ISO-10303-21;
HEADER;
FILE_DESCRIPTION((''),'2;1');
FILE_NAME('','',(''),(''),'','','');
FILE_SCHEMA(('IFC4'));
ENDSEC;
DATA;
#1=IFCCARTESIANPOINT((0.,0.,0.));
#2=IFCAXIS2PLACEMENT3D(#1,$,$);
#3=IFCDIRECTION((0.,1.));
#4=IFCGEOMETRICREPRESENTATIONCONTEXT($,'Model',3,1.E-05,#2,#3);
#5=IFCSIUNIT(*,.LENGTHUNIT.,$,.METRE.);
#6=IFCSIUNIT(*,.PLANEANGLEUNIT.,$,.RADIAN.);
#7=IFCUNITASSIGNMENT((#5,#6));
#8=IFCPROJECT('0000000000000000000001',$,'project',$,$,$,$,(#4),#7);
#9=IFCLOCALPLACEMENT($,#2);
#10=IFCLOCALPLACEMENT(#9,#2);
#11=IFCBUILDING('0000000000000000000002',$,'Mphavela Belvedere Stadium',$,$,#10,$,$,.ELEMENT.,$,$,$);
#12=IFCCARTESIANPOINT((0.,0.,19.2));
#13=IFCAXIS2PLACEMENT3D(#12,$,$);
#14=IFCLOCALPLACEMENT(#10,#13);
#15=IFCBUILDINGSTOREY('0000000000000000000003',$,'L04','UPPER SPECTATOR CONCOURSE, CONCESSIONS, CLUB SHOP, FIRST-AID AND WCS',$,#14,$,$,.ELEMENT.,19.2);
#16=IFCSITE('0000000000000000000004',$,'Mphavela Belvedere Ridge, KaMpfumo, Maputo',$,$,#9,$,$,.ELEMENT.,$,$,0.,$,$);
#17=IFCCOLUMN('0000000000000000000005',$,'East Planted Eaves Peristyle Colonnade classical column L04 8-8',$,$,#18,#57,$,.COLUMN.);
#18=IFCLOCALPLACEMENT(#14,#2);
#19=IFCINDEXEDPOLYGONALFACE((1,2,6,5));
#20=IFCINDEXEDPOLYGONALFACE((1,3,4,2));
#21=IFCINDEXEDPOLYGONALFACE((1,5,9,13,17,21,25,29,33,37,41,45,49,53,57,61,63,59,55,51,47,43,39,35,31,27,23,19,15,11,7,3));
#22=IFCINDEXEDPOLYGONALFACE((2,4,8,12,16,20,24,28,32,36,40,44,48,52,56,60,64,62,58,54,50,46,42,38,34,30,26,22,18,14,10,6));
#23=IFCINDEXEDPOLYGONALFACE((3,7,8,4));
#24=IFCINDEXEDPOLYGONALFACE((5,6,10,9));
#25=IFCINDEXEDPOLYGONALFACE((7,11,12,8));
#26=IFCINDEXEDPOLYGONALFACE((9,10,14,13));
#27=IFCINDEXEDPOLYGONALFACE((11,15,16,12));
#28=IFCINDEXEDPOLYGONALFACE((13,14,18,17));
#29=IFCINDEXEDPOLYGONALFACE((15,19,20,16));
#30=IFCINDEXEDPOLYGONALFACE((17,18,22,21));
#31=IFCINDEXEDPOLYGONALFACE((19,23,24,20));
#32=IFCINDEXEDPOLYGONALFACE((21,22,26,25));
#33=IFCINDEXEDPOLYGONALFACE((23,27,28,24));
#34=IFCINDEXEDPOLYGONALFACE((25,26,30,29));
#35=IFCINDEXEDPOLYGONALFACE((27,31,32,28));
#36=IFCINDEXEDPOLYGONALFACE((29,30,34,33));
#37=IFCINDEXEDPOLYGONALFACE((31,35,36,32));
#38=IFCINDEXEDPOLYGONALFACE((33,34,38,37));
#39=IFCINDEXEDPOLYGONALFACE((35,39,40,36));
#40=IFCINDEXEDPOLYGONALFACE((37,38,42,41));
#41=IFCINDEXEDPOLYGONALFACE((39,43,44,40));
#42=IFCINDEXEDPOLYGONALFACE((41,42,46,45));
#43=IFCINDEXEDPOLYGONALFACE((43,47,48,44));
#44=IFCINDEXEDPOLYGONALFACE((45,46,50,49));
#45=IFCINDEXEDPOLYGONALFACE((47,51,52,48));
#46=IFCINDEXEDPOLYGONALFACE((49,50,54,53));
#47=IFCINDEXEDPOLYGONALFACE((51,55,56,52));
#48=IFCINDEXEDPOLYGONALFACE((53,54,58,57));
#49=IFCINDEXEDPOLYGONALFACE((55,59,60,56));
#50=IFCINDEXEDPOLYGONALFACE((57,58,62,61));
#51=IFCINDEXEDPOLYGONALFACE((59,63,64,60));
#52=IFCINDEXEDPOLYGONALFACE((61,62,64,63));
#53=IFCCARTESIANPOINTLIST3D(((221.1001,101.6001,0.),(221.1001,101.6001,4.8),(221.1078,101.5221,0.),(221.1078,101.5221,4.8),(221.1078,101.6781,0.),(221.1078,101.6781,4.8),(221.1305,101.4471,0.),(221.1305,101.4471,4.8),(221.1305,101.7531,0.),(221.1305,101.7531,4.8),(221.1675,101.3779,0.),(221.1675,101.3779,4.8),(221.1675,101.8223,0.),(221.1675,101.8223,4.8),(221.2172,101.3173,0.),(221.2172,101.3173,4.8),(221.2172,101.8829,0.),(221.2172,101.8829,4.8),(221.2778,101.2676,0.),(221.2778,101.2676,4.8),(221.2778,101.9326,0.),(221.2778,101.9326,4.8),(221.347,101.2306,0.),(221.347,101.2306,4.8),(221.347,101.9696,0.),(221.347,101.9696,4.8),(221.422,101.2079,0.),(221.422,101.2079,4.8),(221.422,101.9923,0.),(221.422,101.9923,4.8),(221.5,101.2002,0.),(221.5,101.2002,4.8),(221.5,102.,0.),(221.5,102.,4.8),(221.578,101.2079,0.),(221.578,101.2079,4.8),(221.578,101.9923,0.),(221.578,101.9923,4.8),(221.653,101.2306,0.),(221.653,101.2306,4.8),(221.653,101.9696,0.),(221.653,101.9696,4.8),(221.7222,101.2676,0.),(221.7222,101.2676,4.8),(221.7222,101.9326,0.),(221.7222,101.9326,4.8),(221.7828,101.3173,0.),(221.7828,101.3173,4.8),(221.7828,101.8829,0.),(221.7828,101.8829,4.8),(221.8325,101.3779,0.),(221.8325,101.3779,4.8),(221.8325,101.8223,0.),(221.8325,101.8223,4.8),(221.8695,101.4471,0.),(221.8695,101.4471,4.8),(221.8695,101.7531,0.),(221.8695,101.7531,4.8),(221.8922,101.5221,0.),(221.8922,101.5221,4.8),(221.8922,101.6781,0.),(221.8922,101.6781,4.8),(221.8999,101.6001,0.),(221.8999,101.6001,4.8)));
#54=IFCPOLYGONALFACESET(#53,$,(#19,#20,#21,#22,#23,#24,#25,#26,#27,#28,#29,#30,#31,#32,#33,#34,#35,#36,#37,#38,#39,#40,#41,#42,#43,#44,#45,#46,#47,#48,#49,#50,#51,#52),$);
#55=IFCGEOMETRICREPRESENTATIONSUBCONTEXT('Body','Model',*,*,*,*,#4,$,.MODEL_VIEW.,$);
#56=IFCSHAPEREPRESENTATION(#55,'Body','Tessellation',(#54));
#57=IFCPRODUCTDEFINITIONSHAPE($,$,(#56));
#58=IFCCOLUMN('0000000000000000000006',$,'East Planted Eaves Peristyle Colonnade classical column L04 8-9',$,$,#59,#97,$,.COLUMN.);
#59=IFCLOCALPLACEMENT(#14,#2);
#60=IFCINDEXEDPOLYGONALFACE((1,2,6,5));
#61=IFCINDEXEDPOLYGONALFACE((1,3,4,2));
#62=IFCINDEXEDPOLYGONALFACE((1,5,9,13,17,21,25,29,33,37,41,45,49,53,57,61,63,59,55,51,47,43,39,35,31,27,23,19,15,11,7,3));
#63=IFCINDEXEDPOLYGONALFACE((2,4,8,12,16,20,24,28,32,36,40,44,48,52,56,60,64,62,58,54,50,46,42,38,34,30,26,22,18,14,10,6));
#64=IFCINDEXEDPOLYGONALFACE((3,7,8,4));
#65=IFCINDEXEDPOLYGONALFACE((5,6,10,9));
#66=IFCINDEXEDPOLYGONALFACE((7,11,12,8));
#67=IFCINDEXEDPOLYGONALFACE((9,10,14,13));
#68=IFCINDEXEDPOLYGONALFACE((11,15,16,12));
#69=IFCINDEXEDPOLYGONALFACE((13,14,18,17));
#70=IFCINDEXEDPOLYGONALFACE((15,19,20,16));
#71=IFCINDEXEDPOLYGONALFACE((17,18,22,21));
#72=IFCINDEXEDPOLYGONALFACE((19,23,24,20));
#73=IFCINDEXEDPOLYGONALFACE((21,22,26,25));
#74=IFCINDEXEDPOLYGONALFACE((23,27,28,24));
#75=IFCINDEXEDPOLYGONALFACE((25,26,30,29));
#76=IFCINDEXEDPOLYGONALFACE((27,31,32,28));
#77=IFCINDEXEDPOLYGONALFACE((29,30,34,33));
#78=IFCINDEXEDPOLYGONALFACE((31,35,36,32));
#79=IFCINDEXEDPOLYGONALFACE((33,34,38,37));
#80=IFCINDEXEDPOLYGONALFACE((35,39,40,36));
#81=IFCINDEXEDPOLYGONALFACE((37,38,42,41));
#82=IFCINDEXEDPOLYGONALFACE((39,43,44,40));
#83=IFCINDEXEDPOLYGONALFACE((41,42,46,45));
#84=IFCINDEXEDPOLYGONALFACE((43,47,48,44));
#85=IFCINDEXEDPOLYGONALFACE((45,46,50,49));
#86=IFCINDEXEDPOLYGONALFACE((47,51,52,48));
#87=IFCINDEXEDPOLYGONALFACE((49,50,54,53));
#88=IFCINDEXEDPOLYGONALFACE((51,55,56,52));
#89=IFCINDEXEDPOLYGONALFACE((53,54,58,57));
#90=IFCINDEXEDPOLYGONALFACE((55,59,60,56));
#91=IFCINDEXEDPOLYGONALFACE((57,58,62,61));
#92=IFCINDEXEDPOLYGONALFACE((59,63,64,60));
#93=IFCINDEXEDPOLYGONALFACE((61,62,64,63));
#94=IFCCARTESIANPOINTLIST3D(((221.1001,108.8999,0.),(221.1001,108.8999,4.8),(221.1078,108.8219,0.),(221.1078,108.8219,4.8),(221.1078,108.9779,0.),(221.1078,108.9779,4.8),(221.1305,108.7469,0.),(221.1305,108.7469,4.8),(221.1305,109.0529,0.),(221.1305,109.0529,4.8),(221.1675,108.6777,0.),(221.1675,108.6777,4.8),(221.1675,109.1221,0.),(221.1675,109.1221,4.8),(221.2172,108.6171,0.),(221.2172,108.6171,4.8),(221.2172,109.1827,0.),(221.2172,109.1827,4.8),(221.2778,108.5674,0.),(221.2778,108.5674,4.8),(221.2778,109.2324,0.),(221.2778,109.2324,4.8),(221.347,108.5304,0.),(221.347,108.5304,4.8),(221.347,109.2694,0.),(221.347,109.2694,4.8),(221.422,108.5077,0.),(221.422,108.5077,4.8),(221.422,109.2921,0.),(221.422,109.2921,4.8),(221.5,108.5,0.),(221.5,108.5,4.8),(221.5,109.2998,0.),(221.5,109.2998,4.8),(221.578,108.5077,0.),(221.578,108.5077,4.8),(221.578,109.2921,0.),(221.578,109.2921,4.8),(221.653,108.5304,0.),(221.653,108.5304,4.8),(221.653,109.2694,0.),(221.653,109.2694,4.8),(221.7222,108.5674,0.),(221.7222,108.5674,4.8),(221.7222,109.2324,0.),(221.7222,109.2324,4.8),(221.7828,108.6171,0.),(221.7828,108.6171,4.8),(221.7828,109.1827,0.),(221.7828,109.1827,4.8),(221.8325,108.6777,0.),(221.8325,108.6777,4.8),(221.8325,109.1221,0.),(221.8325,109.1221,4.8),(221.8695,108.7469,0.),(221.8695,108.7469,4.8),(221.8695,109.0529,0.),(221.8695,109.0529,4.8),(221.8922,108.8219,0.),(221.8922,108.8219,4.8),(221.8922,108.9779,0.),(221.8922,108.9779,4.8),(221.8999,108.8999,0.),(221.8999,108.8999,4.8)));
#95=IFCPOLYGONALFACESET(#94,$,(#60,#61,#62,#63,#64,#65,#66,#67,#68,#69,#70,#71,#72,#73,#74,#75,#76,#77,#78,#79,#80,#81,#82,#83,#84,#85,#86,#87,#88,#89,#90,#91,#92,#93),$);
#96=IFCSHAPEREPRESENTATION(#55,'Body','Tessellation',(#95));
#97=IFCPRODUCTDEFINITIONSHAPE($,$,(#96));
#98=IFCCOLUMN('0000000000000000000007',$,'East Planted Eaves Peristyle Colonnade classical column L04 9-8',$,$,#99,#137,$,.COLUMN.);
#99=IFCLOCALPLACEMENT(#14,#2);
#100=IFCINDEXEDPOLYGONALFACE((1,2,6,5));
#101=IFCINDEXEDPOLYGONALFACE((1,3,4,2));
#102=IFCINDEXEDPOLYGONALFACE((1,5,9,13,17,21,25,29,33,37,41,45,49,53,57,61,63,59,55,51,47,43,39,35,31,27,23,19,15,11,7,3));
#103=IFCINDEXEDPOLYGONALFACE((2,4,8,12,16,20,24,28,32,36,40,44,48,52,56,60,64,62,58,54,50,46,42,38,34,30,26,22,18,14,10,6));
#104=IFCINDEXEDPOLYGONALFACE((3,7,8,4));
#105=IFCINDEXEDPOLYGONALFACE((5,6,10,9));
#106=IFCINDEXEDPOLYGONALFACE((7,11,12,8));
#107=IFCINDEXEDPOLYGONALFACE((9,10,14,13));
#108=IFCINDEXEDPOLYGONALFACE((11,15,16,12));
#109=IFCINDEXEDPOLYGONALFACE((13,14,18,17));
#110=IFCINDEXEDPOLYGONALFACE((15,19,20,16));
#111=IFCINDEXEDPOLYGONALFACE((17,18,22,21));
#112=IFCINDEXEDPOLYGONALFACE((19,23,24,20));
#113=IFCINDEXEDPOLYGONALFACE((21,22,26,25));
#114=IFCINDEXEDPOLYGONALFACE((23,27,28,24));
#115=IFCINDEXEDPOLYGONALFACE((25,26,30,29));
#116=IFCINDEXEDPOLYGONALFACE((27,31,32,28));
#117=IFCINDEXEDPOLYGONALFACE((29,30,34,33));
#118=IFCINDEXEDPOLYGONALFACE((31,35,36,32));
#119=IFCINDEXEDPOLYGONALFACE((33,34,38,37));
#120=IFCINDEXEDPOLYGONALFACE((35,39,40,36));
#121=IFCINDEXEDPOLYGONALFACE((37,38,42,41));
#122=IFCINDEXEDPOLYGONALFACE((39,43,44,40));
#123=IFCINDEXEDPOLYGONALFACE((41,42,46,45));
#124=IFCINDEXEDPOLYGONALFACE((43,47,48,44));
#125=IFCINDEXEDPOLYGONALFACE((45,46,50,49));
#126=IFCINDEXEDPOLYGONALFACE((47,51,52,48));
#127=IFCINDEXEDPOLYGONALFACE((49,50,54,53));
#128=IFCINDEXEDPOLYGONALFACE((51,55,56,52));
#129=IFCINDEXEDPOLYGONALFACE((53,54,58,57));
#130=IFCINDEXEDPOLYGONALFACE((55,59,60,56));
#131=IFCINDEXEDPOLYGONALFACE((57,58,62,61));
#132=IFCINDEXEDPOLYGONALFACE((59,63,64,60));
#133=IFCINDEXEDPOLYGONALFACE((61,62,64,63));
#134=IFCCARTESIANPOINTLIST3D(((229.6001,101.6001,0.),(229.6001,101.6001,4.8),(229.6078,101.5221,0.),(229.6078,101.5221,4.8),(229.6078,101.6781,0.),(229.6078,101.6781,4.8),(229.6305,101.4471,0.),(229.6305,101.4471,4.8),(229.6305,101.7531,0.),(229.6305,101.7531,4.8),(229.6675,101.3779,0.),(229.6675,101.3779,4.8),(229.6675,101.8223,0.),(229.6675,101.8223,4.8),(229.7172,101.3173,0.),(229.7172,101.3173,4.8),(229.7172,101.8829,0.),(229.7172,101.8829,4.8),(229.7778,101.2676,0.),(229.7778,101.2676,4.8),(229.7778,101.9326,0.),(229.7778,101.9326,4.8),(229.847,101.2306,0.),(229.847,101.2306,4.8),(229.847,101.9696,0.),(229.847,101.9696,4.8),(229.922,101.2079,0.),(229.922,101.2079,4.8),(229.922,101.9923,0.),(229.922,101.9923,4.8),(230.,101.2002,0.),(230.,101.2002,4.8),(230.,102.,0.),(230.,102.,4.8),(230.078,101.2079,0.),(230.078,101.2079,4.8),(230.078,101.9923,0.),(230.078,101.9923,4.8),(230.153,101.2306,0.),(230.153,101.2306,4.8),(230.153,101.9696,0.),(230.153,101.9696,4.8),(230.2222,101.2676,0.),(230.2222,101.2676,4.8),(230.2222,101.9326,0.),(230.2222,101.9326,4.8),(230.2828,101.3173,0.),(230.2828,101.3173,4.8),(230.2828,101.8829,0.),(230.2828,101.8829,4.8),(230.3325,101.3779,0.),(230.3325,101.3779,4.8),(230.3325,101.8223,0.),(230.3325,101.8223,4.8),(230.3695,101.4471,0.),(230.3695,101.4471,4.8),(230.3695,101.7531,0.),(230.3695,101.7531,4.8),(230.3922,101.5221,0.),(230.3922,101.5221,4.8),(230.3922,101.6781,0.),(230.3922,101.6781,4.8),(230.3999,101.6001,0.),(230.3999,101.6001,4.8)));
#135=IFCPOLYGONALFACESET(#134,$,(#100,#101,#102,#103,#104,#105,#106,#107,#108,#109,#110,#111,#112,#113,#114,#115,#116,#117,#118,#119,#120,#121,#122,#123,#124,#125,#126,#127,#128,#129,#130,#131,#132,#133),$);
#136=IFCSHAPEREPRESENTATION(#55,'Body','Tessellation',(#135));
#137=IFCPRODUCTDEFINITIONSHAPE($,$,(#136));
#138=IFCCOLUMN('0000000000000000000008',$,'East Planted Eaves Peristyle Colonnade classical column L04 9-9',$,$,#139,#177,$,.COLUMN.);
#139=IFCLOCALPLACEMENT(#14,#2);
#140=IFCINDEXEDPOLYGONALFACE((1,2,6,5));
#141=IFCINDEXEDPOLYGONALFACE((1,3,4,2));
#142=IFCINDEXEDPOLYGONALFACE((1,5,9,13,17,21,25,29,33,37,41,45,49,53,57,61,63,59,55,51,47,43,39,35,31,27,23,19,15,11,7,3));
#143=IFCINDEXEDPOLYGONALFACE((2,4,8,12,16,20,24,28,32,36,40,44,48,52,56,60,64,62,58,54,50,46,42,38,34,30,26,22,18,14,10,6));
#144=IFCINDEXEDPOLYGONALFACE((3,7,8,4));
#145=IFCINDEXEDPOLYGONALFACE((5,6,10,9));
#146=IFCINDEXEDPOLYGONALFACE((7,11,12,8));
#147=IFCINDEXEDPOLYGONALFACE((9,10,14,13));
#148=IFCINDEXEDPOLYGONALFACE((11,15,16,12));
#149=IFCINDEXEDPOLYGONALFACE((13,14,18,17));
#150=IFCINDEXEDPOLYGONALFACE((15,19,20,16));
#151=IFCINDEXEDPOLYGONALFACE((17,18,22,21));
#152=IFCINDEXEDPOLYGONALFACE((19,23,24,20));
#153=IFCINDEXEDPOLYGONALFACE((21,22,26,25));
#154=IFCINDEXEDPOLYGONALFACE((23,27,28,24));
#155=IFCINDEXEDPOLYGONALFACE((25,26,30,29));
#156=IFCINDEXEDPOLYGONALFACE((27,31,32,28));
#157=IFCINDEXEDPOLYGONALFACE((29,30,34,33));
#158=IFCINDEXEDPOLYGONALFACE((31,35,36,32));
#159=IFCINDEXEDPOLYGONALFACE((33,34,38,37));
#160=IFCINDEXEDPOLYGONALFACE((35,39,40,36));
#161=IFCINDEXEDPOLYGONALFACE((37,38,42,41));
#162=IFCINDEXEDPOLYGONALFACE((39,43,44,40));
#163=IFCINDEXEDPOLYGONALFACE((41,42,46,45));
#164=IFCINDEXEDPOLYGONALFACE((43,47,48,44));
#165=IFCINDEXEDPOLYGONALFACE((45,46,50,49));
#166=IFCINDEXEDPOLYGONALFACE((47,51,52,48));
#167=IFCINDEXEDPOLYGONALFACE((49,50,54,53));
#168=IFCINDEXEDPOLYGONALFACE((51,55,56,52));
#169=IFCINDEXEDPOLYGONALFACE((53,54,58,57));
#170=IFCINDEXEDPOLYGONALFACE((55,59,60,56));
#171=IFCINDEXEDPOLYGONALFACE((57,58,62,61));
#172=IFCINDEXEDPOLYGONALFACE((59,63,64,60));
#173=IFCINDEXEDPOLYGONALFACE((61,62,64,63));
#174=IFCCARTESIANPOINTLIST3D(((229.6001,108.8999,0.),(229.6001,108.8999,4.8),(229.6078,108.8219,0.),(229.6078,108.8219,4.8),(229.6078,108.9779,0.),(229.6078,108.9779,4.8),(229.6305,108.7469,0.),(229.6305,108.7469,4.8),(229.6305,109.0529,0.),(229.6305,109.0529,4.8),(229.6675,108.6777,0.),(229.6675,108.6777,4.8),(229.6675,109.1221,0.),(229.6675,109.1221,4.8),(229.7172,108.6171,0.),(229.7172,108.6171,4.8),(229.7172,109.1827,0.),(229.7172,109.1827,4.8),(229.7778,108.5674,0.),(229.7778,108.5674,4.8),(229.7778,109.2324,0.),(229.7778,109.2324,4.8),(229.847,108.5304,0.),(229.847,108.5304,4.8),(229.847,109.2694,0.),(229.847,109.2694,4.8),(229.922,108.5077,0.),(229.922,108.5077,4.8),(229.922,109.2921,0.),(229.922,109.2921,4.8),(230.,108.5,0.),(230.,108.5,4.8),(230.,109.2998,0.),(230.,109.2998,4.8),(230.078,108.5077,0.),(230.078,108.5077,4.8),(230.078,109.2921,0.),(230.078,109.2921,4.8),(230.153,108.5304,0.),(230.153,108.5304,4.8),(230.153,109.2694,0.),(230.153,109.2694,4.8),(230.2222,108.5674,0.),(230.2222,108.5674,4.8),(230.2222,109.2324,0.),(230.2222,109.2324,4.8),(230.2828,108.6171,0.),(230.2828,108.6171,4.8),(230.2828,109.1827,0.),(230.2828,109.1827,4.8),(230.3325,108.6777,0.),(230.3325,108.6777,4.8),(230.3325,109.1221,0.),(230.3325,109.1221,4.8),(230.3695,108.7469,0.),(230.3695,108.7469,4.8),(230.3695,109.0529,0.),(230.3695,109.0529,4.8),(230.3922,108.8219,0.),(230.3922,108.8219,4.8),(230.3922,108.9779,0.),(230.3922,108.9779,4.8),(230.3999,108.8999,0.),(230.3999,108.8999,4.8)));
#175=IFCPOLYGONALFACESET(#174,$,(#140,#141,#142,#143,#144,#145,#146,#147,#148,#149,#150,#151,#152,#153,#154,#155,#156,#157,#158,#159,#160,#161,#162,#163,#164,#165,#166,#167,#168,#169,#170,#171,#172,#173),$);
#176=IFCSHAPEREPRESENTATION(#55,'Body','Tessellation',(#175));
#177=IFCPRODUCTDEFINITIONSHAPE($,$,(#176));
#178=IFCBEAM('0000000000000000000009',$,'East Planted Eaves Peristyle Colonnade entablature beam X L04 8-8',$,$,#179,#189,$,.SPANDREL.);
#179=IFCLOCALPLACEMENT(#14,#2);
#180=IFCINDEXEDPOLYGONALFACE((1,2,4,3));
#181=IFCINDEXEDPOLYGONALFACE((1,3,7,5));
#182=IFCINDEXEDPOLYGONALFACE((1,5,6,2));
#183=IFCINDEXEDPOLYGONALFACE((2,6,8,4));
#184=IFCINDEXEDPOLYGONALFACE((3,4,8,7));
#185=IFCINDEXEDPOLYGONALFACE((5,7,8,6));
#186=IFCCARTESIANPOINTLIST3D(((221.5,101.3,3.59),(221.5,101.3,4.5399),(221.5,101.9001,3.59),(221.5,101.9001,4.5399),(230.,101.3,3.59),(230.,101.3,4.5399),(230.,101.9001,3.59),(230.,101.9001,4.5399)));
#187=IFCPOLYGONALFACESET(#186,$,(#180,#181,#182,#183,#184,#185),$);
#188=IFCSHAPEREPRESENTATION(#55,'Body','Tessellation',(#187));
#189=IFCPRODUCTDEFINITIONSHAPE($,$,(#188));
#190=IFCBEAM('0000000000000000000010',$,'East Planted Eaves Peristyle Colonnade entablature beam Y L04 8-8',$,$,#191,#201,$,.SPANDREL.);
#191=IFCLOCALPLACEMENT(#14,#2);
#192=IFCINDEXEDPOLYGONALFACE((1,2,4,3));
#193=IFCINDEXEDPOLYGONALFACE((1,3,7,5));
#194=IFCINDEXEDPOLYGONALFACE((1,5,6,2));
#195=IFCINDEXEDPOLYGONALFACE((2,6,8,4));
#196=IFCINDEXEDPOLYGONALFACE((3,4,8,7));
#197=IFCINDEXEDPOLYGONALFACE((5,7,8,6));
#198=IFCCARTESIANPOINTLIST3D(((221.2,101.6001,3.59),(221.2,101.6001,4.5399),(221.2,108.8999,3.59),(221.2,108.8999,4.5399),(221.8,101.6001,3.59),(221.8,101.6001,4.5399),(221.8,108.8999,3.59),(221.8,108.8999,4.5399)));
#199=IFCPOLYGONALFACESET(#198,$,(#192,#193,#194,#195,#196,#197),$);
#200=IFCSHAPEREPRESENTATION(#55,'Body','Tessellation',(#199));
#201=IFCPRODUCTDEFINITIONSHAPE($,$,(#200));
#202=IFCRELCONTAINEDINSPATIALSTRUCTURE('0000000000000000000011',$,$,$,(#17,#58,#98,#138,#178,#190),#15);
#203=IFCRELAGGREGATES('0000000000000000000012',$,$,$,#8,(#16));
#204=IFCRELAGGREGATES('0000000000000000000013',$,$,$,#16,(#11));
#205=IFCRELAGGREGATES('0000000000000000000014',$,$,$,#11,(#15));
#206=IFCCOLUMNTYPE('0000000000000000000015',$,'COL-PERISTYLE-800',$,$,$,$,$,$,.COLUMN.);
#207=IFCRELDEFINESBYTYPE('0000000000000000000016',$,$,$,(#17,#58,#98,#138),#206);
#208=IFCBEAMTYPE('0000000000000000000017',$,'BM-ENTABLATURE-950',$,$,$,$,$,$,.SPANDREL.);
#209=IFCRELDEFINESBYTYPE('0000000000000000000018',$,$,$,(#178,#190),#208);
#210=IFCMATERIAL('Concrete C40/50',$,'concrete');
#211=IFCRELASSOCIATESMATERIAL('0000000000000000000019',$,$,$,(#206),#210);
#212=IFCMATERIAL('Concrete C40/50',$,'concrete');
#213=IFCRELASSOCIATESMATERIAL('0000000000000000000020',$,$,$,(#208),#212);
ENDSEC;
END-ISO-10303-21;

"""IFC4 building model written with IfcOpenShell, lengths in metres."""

from ifc_helpers import new_model, si_unit, direction, frame, origin, origin_2d, place, context, subcontext, project, spatial, rectangle, circle, extrude, material, material_profile, profile_set, type_object, element, save


model = new_model("IFC4")

# Units and contexts
model_context = context("Model", 3, precision=1e-05, world=origin(), true_north=direction((0.0, 1.0)))
body_context = subcontext(model_context, "Body", "Model", "MODEL_VIEW")
ifc_project = project(units=[si_unit("LENGTHUNIT", "METRE"), si_unit("PLANEANGLEUNIT", "RADIAN")], contexts=[model_context])

# Site, building, storey
site_placement = place(None, origin())
site = spatial("IfcSite", under=ifc_project, at=site_placement, Name="Mphavela Belvedere Ridge, KaMpfumo, Maputo", CompositionType="ELEMENT", RefElevation=0.0)
building_placement = place(site_placement, origin())
building = spatial("IfcBuilding", under=site, at=building_placement, Name="Mphavela Belvedere Stadium", CompositionType="ELEMENT")
storey_placement = place(building_placement, frame((0.0, 0.0, 19.2)))
storey = spatial("IfcBuildingStorey", under=building, at=storey_placement, Name="L04", Description="UPPER SPECTATOR CONCOURSE, CONCESSIONS, CLUB SHOP, FIRST-AID AND WCS", CompositionType="ELEMENT", Elevation=19.2)

# Columns
ifc_material_1 = material(Name="Concrete C40/50", Category="concrete")
ifc_material_profile_1 = material_profile(ifc_material_1, circle(Radius=0.3999, at=origin_2d()), Name="COL D800")
ifc_profile_set_1 = profile_set([ifc_material_profile_1], Name="Concrete C40/50")
column_type = type_object("IfcColumnType", Name="COL-PERISTYLE-800", PredefinedType="COLUMN", material=ifc_profile_set_1)
for number, where, z_axis, x_axis, name in (
    (1, (221.5, 101.6001, 0.0), (0.0, 0.0, 1.0), (1.0, 0.0, 0.0), "East Planted Eaves Peristyle Colonnade classical column L04 8-8"),
    (2, (221.5, 108.8999, 0.0), (0.0, 0.0, 1.0), (1.0, 0.0, 0.0), "East Planted Eaves Peristyle Colonnade classical column L04 8-9"),
    (3, (230.0, 101.6001, 0.0), (0.0, 0.0, 1.0), (1.0, 0.0, 0.0), "East Planted Eaves Peristyle Colonnade classical column L04 9-8"),
    (4, (230.0, 108.8999, 0.0), (0.0, 0.0, 1.0), (1.0, 0.0, 0.0), "East Planted Eaves Peristyle Colonnade classical column L04 9-9"),
):
    element("IfcColumn", number, at=place(storey_placement, frame(where, z_axis=z_axis, x_axis=x_axis)), inside=storey, type_object=column_type, Name=name, PredefinedType="COLUMN", context=body_context, shape_type="SweptSolid", body=[
        extrude(circle(Radius=0.3999, at=origin_2d()), origin(), (0.0, 0.0, 1.0), 4.8),
    ])

# Beams
ifc_material_2 = material(Name="Concrete C40/50", Category="concrete")
ifc_material_profile_2 = material_profile(ifc_material_2, rectangle(XDim=0.6001, YDim=0.95, at=origin_2d()), Name="RC 600x950")
ifc_profile_set_2 = profile_set([ifc_material_profile_2], Name="Concrete C40/50")
beam_type_1 = type_object("IfcBeamType", Name="BM-ENTABLATURE-950", PredefinedType="SPANDREL", material=ifc_profile_set_2)
beam_1_placement = place(storey_placement, frame((221.5, 101.6001, 4.0649), z_axis=(1.0, 0.0, 0.0), x_axis=(0.0, 1.0, 0.0)))
element("IfcBeam", 5, at=beam_1_placement, inside=storey, type_object=beam_type_1, Name="East Planted Eaves Peristyle Colonnade entablature beam X L04 8-8", PredefinedType="SPANDREL", context=body_context, shape_type="SweptSolid", body=[
    extrude(rectangle(XDim=0.6001, YDim=0.95, at=origin_2d()), origin(), (0.0, 0.0, 1.0), 8.5),
])
beam_2_placement = place(storey_placement, frame((221.5, 101.6001, 4.0649), z_axis=(0.0, 1.0, 0.0), x_axis=(-1.0, 0.0, 0.0)))
element("IfcBeam", 6, at=beam_2_placement, inside=storey, type_object=beam_type_1, Name="East Planted Eaves Peristyle Colonnade entablature beam Y L04 8-8", PredefinedType="SPANDREL", context=body_context, shape_type="SweptSolid", body=[
    extrude(rectangle(XDim=0.6001, YDim=0.95, at=origin_2d()), origin(), (0.0, 0.0, 1.0), 7.2998),
])

save(model, "model.ifc")
